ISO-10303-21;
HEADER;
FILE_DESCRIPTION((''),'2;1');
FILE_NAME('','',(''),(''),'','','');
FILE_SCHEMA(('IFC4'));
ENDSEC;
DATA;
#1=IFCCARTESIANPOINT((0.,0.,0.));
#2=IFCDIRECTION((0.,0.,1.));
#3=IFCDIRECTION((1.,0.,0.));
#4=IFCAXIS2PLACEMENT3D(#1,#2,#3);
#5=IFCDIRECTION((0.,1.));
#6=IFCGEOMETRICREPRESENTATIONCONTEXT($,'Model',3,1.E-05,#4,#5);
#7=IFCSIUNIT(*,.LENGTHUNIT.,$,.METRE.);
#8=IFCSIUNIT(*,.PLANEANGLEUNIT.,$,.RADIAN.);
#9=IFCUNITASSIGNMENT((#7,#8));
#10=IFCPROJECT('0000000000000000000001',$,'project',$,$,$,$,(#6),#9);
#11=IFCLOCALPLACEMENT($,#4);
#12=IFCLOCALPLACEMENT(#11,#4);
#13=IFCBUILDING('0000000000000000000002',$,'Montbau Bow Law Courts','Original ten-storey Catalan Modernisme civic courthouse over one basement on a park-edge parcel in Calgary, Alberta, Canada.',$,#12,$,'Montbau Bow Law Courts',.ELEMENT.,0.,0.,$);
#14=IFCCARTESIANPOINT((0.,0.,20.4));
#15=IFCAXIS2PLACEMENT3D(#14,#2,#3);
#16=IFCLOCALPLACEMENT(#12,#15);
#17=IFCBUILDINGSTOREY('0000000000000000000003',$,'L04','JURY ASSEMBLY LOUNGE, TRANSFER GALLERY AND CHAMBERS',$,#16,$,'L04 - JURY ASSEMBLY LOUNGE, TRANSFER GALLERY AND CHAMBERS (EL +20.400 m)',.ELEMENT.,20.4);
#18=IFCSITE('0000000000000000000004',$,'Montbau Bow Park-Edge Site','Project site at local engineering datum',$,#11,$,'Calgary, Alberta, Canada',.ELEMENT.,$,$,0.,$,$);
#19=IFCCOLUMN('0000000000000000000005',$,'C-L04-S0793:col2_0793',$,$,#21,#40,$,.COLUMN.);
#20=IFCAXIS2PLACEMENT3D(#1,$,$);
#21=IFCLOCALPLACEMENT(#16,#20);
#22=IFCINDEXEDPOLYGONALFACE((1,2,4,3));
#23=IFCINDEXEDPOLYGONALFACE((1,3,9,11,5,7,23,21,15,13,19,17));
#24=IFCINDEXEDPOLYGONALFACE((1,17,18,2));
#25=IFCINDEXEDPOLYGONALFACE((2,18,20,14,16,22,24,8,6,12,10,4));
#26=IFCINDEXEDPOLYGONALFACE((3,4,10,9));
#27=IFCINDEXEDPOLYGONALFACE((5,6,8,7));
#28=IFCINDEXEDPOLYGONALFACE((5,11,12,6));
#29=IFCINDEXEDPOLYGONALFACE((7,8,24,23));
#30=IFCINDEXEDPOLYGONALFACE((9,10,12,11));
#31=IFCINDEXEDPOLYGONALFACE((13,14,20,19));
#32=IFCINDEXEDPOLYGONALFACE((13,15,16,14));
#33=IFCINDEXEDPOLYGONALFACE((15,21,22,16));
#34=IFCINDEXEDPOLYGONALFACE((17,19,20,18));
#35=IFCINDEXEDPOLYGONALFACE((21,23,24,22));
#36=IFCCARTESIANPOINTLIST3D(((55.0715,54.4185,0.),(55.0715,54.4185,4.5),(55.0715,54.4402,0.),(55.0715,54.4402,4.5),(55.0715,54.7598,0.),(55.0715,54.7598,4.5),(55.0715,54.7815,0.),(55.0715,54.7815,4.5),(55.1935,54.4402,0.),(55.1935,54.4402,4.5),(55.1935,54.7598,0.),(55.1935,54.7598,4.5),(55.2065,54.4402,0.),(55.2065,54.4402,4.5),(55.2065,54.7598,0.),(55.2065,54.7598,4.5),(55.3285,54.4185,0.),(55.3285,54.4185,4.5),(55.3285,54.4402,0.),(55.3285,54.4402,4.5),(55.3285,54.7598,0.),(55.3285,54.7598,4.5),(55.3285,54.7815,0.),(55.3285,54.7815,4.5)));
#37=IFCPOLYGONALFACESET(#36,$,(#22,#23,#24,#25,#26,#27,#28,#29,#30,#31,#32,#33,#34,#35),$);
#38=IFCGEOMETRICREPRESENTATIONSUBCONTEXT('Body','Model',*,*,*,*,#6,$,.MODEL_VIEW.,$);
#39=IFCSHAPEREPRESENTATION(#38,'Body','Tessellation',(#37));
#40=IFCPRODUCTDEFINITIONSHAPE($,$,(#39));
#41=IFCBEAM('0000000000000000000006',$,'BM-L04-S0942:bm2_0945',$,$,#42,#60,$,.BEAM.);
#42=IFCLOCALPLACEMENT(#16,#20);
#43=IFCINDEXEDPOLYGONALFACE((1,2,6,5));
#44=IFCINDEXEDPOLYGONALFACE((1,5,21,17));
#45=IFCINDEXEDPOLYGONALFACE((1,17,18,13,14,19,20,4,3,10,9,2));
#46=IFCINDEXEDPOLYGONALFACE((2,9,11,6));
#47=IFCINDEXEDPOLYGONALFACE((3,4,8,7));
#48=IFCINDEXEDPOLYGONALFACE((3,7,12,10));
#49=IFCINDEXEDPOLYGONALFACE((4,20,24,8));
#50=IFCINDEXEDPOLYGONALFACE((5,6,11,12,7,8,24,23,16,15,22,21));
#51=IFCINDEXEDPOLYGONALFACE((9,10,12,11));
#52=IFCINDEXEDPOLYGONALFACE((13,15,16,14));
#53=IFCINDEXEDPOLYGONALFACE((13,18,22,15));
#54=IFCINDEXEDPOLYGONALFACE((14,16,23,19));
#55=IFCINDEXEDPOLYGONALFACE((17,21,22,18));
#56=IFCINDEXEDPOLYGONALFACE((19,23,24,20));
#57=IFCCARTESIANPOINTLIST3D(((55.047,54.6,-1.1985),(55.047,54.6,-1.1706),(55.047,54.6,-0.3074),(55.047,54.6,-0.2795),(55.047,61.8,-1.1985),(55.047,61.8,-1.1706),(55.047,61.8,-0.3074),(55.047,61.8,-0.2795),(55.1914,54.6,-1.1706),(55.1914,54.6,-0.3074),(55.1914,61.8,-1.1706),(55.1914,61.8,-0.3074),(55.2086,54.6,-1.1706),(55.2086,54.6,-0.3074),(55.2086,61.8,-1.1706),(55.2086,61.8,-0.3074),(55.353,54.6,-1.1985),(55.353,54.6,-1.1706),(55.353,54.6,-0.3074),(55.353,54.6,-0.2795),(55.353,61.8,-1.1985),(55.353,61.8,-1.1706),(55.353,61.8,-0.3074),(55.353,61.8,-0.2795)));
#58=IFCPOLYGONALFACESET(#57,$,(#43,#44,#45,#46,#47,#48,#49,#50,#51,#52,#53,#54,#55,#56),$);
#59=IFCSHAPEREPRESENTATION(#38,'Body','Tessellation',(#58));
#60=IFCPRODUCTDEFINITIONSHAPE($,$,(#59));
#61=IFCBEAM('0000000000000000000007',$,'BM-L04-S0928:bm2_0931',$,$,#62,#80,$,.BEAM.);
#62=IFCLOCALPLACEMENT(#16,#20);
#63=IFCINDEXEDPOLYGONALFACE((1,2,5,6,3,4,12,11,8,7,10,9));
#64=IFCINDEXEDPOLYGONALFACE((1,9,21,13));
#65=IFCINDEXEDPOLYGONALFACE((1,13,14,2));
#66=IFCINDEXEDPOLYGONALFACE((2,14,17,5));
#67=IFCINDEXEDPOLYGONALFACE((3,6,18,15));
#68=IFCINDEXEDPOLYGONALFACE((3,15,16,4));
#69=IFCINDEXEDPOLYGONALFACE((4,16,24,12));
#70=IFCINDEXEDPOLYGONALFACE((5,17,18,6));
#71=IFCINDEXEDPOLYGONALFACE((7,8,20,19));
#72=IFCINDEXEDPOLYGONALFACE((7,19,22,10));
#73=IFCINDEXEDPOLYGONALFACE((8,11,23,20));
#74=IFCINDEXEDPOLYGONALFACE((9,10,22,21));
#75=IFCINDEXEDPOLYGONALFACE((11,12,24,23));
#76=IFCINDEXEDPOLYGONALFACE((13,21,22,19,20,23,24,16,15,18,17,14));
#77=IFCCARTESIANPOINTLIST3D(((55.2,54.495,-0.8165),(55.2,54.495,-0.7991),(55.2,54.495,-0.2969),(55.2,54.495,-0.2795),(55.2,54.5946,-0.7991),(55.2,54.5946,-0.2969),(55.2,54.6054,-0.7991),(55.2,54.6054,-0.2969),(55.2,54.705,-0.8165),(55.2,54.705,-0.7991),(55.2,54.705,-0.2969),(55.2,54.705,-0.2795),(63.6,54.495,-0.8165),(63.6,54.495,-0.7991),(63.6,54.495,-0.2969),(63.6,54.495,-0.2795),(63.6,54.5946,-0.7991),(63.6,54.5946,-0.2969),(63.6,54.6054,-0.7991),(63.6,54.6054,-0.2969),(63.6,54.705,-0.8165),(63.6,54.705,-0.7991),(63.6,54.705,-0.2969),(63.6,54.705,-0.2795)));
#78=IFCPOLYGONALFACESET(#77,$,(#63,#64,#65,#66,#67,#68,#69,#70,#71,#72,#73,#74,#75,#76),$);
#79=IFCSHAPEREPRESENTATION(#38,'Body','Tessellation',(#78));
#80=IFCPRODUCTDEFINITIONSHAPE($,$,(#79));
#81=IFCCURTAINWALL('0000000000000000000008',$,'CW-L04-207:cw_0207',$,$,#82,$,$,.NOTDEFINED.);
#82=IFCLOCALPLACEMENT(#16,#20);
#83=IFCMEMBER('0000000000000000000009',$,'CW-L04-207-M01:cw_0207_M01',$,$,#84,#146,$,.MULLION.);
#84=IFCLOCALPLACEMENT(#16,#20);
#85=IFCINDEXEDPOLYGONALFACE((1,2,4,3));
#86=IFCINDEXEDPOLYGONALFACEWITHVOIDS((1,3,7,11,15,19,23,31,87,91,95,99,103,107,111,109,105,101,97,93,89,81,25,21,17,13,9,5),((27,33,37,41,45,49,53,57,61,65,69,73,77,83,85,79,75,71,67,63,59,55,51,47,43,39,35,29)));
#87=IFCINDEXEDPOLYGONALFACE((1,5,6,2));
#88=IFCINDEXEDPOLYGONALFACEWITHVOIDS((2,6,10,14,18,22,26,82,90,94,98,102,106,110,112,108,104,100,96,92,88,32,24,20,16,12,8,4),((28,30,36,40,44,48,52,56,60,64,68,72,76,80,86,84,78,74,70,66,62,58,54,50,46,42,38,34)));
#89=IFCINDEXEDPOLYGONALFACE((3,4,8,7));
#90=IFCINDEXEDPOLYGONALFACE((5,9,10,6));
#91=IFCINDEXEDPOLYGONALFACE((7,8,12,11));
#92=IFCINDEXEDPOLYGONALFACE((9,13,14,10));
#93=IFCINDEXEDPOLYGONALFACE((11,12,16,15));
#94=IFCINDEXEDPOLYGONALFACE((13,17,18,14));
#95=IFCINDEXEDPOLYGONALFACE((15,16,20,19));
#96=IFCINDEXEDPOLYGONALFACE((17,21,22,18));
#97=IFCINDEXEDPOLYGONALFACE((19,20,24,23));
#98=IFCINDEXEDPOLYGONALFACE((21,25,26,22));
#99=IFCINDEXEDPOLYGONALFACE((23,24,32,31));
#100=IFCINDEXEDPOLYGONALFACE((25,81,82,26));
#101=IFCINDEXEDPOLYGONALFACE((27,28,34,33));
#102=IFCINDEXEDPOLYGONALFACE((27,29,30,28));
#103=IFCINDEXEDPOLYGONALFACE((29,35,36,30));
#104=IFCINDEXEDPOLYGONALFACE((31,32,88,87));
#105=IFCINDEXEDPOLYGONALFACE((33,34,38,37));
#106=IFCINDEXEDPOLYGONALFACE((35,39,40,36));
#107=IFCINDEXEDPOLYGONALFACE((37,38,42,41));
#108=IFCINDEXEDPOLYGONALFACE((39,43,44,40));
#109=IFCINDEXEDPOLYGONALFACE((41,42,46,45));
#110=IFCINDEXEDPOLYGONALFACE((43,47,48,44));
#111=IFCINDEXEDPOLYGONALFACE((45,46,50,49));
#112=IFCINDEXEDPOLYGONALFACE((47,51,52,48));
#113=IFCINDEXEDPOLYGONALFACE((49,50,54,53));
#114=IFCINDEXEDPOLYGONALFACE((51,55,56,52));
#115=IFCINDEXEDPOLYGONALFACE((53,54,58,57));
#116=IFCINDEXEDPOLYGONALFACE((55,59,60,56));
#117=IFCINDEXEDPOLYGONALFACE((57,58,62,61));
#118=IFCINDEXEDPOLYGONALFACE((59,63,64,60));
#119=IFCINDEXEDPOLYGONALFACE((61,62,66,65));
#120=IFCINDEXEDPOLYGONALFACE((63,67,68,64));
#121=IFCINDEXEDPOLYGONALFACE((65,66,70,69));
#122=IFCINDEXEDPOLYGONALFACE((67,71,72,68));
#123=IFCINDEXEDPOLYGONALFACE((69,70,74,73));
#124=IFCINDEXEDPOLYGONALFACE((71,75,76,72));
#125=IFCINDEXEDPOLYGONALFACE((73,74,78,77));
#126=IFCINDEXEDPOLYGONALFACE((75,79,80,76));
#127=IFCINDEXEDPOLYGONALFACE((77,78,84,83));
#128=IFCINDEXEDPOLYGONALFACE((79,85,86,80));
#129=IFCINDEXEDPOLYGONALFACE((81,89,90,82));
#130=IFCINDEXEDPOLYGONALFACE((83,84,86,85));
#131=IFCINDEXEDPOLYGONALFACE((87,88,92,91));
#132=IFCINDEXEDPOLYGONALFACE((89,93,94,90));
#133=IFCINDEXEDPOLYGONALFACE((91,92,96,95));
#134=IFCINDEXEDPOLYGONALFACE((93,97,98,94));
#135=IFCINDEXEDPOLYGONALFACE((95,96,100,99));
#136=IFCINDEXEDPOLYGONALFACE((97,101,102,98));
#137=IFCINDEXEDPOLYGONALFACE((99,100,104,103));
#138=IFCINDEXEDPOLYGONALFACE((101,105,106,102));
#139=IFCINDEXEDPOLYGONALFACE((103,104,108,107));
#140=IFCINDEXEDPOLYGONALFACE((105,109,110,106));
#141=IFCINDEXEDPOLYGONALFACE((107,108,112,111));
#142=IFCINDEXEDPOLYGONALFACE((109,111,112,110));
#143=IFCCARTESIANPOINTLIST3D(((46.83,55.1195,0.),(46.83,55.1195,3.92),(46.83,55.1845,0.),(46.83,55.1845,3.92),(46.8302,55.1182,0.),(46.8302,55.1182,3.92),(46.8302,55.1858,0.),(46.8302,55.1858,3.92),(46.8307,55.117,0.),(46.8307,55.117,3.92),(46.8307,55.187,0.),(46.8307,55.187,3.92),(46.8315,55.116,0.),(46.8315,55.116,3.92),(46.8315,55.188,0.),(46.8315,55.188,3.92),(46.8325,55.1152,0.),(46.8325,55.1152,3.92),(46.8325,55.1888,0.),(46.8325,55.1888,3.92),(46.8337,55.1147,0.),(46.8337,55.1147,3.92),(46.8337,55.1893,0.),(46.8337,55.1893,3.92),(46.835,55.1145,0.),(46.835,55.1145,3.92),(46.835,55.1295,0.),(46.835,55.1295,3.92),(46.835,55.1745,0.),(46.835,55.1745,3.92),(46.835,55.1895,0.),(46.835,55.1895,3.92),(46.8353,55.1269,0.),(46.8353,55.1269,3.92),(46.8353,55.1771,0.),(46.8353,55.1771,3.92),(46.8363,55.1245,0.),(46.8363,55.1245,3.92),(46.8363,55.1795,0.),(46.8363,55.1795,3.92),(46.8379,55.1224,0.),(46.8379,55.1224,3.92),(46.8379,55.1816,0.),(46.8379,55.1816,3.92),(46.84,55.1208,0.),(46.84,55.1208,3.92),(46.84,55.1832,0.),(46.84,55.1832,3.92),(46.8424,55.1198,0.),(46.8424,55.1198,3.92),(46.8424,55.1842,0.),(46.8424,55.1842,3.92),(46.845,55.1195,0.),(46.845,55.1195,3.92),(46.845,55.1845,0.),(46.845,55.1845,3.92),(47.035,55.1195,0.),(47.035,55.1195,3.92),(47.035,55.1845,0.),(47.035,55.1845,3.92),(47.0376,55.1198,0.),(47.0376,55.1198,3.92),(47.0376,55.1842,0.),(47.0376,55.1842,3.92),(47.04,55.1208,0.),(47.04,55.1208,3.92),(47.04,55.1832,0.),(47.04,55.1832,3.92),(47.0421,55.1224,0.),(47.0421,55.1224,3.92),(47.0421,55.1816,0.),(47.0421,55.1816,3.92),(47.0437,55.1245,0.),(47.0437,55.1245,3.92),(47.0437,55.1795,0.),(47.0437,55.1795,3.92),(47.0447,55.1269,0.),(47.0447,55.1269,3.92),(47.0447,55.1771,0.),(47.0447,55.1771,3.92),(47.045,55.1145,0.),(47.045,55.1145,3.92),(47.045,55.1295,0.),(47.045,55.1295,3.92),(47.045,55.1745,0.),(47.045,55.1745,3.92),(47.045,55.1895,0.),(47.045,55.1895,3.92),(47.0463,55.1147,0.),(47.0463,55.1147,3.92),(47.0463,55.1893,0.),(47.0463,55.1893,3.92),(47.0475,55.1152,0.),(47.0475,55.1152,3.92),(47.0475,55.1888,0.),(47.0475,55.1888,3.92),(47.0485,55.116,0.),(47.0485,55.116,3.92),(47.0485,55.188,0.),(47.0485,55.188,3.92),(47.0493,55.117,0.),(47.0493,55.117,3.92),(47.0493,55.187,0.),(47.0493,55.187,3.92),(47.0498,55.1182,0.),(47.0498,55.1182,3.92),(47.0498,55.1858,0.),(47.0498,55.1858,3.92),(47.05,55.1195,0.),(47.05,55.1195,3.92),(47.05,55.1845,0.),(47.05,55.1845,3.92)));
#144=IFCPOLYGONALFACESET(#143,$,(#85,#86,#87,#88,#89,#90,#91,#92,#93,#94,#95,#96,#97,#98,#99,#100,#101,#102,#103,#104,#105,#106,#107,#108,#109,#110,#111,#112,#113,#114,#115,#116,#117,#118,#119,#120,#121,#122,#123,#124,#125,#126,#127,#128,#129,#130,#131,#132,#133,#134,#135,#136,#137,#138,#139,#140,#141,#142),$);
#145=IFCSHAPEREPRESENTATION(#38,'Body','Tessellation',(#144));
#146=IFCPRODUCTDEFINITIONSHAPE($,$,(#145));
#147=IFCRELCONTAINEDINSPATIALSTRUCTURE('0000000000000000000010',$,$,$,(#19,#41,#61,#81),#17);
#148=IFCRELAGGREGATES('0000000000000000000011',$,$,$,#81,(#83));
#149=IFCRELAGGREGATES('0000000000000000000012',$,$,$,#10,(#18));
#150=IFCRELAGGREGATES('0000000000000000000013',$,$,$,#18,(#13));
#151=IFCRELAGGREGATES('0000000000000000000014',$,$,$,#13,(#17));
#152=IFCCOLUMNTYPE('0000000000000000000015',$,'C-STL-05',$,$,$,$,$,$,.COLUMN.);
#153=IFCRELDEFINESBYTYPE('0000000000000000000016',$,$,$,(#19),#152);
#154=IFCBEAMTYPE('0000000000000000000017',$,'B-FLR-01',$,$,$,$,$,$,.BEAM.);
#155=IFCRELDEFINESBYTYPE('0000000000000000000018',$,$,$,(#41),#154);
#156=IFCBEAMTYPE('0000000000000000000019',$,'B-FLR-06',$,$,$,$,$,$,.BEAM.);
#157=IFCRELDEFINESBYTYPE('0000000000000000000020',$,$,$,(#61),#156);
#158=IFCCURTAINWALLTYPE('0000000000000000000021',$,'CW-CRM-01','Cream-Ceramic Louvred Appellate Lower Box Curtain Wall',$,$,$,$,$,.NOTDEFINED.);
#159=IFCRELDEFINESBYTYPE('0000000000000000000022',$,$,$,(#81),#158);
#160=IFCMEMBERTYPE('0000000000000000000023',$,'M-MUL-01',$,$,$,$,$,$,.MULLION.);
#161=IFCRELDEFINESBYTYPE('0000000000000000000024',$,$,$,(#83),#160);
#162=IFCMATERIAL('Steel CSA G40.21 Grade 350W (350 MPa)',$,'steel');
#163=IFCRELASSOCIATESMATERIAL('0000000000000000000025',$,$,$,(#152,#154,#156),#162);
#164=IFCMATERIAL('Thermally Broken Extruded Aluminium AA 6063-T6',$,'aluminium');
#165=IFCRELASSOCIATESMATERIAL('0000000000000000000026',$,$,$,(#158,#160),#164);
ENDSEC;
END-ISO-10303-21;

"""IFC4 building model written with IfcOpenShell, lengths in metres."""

from ifc_helpers import new_model, si_unit, direction, frame, origin_with_axes, origin_2d_with_axis, place, context, subcontext, project, spatial, hollow_rectangle, i_section, extrude, material, material_profile, profile_set, type_object, element, aggregate, save


model = new_model("IFC4")

# Units and contexts
model_context = context("Model", 3, precision=1e-05, world=origin_with_axes(), true_north=direction((0.0, 1.0)))
body_context = subcontext(model_context, "Body", "Model", "MODEL_VIEW")
ifc_project = project(units=[si_unit("LENGTHUNIT", "METRE"), si_unit("PLANEANGLEUNIT", "RADIAN")], contexts=[model_context])

# Site, building, storey
site_placement = place(None, origin_with_axes())
site = spatial("IfcSite", under=ifc_project, at=site_placement, Name="Montbau Bow Park-Edge Site", Description="Project site at local engineering datum", LongName="Calgary, Alberta, Canada", CompositionType="ELEMENT", RefElevation=0.0)
building_placement = place(site_placement, origin_with_axes())
building = spatial("IfcBuilding", under=site, at=building_placement, Name="Montbau Bow Law Courts", Description="Original ten-storey Catalan Modernisme civic courthouse over one basement on a park-edge parcel in Calgary, Alberta, Canada.", LongName="Montbau Bow Law Courts", CompositionType="ELEMENT", ElevationOfRefHeight=0.0, ElevationOfTerrain=0.0)
storey_placement = place(building_placement, frame((0.0, 0.0, 20.4), z_axis=(0.0, 0.0, 1.0), x_axis=(1.0, 0.0, 0.0)))
storey = spatial("IfcBuildingStorey", under=building, at=storey_placement, Name="L04", Description="JURY ASSEMBLY LOUNGE, TRANSFER GALLERY AND CHAMBERS", LongName="L04 - JURY ASSEMBLY LOUNGE, TRANSFER GALLERY AND CHAMBERS (EL +20.400 m)", CompositionType="ELEMENT", Elevation=20.4)

# Column
ifc_material_1 = material(Name="Steel CSA G40.21 Grade 350W (350 MPa)", Category="steel")
ifc_material_profile_1 = material_profile(ifc_material_1, i_section(OverallWidth=0.257, OverallDepth=0.363, WebThickness=0.013, FlangeThickness=0.0217, at=origin_2d_with_axis()), Name="W360X122", Category="Main", Priority=0)
ifc_profile_set_1 = profile_set([ifc_material_profile_1], Name="Steel CSA G40.21 Grade 350W (350 MPa)")
column_type = type_object("IfcColumnType", Name="C-STL-05", PredefinedType="COLUMN", material=ifc_profile_set_1)
column_placement = place(None, frame((55.2, 54.6, 20.4), z_axis=(0.0, 0.0, 1.0), x_axis=(1.0, 0.0, 0.0)))
element("IfcColumn", 1, at=column_placement, inside=storey, type_object=column_type, Name="C-L04-S0793:col2_0793", PredefinedType="COLUMN", context=body_context, shape_type="SweptSolid", body=[
    extrude(i_section(OverallWidth=0.257, OverallDepth=0.363, WebThickness=0.013, FlangeThickness=0.0217, at=origin_2d_with_axis()), origin_with_axes(), (0.0, 0.0, 1.0), 4.5),
])

# Beams
ifc_material_profile_2 = material_profile(ifc_material_1, i_section(OverallWidth=0.306, OverallDepth=0.919, WebThickness=0.0173, FlangeThickness=0.0279, at=origin_2d_with_axis()), Name="W920X253", Category="Main", Priority=0)
ifc_profile_set_2 = profile_set([ifc_material_profile_2], Name="Steel CSA G40.21 Grade 350W (350 MPa)")
beam_type_1 = type_object("IfcBeamType", Name="B-FLR-01", PredefinedType="BEAM", material=ifc_profile_set_2)
beam_1_placement = place(None, frame((55.2, 54.6, 19.661), z_axis=(0.0, 1.0, 0.0), x_axis=(-1.0, 0.0, 0.0)))
element("IfcBeam", 2, at=beam_1_placement, inside=storey, type_object=beam_type_1, Name="BM-L04-S0942:bm2_0945", PredefinedType="BEAM", context=body_context, shape_type="SweptSolid", body=[
    extrude(i_section(OverallWidth=0.306, OverallDepth=0.919, WebThickness=0.0173, FlangeThickness=0.0279, at=origin_2d_with_axis()), origin_with_axes(), (0.0, 0.0, 1.0), 7.2),
])
ifc_material_profile_3 = material_profile(ifc_material_1, i_section(OverallWidth=0.21, OverallDepth=0.537, WebThickness=0.0109, FlangeThickness=0.0174, at=origin_2d_with_axis()), Name="W530X101", Category="Main", Priority=0)
ifc_profile_set_3 = profile_set([ifc_material_profile_3], Name="Steel CSA G40.21 Grade 350W (350 MPa)")
beam_type_2 = type_object("IfcBeamType", Name="B-FLR-06", PredefinedType="BEAM", material=ifc_profile_set_3)
beam_2_placement = place(None, frame((55.2, 54.6, 19.852), z_axis=(1.0, 0.0, 0.0), x_axis=(0.0, 1.0, 0.0)))
element("IfcBeam", 3, at=beam_2_placement, inside=storey, type_object=beam_type_2, Name="BM-L04-S0928:bm2_0931", PredefinedType="BEAM", context=body_context, shape_type="SweptSolid", body=[
    extrude(i_section(OverallWidth=0.21, OverallDepth=0.537, WebThickness=0.0109, FlangeThickness=0.0174, at=origin_2d_with_axis()), origin_with_axes(), (0.0, 0.0, 1.0), 8.4),
])

# Curtain wall, member
ifc_material_2 = material(Name="Thermally Broken Extruded Aluminium AA 6063-T6", Category="aluminium")
curtain_wall_type = type_object("IfcCurtainWallType", Name="CW-CRM-01", Description="Cream-Ceramic Louvred Appellate Lower Box Curtain Wall", PredefinedType="NOTDEFINED", material=ifc_material_2)
curtain_wall_1_placement = place(None, frame((46.94, 55.115, 20.4), z_axis=(0.0, 0.0, 1.0), x_axis=(1.0, 0.0, 0.0)))
curtain_wall_1 = element("IfcCurtainWall", 4, at=curtain_wall_1_placement, inside=storey, type_object=curtain_wall_type, Name="CW-L04-207:cw_0207", PredefinedType="NOTDEFINED")
ifc_material_profile_4 = material_profile(ifc_material_2, hollow_rectangle(XDim=0.075, YDim=0.22, WallThickness=0.005, InnerFilletRadius=0.01, OuterFilletRadius=0.005, at=origin_2d_with_axis()), Name="CWM-220X75", Category="Main", Priority=0)
ifc_profile_set_4 = profile_set([ifc_material_profile_4], Name="Thermally Broken Extruded Aluminium AA 6063-T6")
member_type_1 = type_object("IfcMemberType", Name="M-MUL-01", PredefinedType="MULLION", material=ifc_profile_set_4)
member_1_placement = place(None, frame((46.94, 55.152, 20.4), z_axis=(0.0, 0.0, 1.0), x_axis=(0.0, 1.0, 0.0)))
member_1 = element("IfcMember", 5, at=member_1_placement, type_object=member_type_1, Name="CW-L04-207-M01:cw_0207_M01", PredefinedType="MULLION", context=body_context, shape_type="SweptSolid", body=[
    extrude(hollow_rectangle(XDim=0.075, YDim=0.22, WallThickness=0.005, InnerFilletRadius=0.01, OuterFilletRadius=0.005, at=origin_2d_with_axis()), origin_with_axes(), (0.0, 0.0, 1.0), 3.92),
])

aggregate(curtain_wall_1, [member_1])

save(model, "model.ifc")
